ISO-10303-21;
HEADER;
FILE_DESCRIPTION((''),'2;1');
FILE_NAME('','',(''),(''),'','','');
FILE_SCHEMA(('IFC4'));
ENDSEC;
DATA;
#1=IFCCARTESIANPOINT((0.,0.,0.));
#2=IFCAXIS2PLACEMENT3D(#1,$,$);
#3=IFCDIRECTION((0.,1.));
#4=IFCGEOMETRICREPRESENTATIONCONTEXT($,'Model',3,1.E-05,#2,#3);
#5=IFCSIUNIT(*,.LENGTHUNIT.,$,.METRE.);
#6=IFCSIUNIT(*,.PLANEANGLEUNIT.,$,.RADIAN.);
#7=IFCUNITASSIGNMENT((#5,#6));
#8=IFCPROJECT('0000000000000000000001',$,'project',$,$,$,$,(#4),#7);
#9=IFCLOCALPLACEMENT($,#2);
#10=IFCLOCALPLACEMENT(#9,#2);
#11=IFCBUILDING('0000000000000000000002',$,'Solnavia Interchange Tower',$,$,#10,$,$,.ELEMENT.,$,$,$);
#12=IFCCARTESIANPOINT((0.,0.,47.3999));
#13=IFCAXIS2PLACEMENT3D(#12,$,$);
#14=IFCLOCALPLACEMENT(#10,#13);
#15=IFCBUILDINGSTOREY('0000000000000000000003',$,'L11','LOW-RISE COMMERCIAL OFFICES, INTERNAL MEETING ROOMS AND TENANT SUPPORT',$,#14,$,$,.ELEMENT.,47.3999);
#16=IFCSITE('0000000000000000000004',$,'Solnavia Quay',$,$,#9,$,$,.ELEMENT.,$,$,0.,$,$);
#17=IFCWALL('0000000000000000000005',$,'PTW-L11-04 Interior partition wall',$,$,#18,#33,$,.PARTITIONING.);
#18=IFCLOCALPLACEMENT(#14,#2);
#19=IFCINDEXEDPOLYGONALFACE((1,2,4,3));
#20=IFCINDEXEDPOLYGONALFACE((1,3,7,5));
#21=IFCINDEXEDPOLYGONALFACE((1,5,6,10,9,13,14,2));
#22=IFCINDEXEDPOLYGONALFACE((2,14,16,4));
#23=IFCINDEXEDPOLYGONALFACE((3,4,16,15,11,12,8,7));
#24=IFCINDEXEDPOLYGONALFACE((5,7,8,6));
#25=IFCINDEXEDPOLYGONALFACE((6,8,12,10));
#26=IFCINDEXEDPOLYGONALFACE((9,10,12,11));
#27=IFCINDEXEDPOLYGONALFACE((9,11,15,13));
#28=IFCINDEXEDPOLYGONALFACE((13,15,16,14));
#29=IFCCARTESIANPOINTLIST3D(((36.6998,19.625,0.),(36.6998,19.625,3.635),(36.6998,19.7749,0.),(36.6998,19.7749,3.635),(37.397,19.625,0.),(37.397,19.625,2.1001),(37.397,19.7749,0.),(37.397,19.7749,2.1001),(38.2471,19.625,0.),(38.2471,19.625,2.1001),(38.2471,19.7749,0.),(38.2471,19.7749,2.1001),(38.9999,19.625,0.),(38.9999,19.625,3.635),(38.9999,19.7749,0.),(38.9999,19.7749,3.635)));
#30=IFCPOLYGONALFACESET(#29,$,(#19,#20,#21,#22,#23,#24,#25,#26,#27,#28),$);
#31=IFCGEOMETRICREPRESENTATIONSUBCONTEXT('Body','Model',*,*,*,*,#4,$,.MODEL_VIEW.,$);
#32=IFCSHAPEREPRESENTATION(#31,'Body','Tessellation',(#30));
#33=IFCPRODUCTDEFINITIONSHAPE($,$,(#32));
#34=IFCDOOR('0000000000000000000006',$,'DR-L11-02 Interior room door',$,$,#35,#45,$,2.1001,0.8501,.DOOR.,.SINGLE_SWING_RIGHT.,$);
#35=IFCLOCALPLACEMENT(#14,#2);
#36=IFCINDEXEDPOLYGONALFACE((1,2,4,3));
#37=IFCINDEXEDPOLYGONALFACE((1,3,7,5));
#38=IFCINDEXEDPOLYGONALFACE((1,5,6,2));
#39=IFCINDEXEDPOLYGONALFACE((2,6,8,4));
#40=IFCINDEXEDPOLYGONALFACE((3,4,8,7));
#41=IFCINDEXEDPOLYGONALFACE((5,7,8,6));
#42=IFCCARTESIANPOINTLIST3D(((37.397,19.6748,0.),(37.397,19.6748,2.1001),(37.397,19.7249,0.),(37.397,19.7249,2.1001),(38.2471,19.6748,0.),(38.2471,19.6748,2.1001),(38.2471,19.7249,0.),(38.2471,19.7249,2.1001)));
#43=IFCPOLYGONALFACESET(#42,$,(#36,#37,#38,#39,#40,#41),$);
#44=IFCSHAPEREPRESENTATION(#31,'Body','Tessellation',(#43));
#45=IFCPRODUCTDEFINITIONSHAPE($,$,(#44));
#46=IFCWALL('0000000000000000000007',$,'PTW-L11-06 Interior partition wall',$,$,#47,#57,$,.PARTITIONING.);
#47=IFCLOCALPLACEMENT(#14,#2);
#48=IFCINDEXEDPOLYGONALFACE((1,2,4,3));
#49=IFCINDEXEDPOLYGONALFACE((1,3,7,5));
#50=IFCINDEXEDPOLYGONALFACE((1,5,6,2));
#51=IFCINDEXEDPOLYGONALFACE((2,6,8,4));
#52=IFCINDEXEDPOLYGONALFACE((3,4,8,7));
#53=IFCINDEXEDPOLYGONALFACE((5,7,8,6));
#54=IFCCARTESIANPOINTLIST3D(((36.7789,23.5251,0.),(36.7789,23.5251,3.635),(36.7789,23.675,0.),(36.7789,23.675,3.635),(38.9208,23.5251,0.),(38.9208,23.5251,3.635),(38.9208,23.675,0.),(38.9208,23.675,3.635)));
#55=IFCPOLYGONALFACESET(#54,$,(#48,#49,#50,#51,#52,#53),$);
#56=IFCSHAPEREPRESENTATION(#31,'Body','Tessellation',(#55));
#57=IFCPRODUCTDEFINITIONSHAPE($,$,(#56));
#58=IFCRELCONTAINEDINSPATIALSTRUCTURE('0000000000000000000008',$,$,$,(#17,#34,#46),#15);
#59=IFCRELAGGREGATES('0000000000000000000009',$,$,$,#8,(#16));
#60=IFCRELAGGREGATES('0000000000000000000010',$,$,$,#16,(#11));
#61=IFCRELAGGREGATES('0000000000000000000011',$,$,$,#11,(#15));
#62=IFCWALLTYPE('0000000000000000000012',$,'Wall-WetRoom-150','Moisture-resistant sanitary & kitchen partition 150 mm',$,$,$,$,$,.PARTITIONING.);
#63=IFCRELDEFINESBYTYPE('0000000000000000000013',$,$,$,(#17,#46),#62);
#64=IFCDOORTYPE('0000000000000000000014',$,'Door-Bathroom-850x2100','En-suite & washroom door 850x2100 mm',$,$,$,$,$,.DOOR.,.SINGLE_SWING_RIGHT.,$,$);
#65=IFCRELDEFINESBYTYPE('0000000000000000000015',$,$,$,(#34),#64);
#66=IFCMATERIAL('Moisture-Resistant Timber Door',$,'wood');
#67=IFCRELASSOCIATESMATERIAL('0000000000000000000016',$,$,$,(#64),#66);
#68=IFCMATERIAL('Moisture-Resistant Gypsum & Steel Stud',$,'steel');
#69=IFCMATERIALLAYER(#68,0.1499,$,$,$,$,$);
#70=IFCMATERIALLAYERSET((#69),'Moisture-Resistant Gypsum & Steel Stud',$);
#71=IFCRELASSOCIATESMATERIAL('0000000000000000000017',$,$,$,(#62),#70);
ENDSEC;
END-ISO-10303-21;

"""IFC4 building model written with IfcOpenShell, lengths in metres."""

from ifc_helpers import new_model, si_unit, direction, frame, frame_2d, origin, place, context, subcontext, project, spatial, rectangle, extrude, material, layer, layer_set, type_object, element, fill, save


model = new_model("IFC4")

# Units and contexts
model_context = context("Model", 3, precision=1e-05, world=origin(), true_north=direction((0.0, 1.0)))
body_context = subcontext(model_context, "Body", "Model", "MODEL_VIEW")
ifc_project = project(units=[si_unit("LENGTHUNIT", "METRE"), si_unit("PLANEANGLEUNIT", "RADIAN")], contexts=[model_context])

# Site, building, storey
site_placement = place(None, origin())
site = spatial("IfcSite", under=ifc_project, at=site_placement, Name="Solnavia Quay", CompositionType="ELEMENT", RefElevation=0.0)
building_placement = place(site_placement, origin())
building = spatial("IfcBuilding", under=site, at=building_placement, Name="Solnavia Interchange Tower", CompositionType="ELEMENT")
storey_placement = place(building_placement, frame((0.0, 0.0, 47.3999)))
storey = spatial("IfcBuildingStorey", under=building, at=storey_placement, Name="L11", Description="LOW-RISE COMMERCIAL OFFICES, INTERNAL MEETING ROOMS AND TENANT SUPPORT", CompositionType="ELEMENT", Elevation=47.3999)

# Shared definitions
ifc_material_1 = material(Name="Moisture-Resistant Timber Door", Category="wood")
door_type_1 = type_object("IfcDoorType", Name="Door-Bathroom-850x2100", Description="En-suite & washroom door 850x2100 mm", OperationType="SINGLE_SWING_RIGHT", PredefinedType="DOOR", material=ifc_material_1)

# Shared definitions
ifc_material_2 = material(Name="Moisture-Resistant Gypsum & Steel Stud", Category="steel")
ifc_layer_1 = layer(ifc_material_2, 0.1499)
ifc_layer_set_1 = layer_set([ifc_layer_1], Name="Moisture-Resistant Gypsum & Steel Stud")
wall_type_1 = type_object("IfcWallType", Name="Wall-WetRoom-150", Description="Moisture-resistant sanitary & kitchen partition 150 mm", PredefinedType="PARTITIONING", material=ifc_layer_set_1)

# Wall, opening, door
wall_1_placement = place(storey_placement, frame((36.7, 19.7, 0.0), z_axis=(0.0, 0.0, 1.0), x_axis=(1.0, 0.0, 0.0)))
wall_1 = element("IfcWall", 1, at=wall_1_placement, inside=storey, type_object=wall_type_1, Name="PTW-L11-04 Interior partition wall", PredefinedType="PARTITIONING", context=body_context, shape_type="SweptSolid", body=[
    extrude(rectangle(XDim=2.3, YDim=0.1499, at=frame_2d((1.1499, 0.0))), origin(), (0.0, 0.0, 1.0), 3.635),
])
opening_1_placement = place(wall_1_placement, frame((0.697, 0.0, 0.0)))
opening_1 = element("IfcOpeningElement", 2, at=opening_1_placement, cuts=wall_1, PredefinedType="OPENING", context=body_context, shape_type="SweptSolid", body=[
    extrude(rectangle(XDim=0.8501, YDim=2.1001, at=frame_2d((0.425, 1.05))), frame((0.0, 0.085, 0.0), z_axis=(0.0, -1.0, 0.0), x_axis=(1.0, 0.0, 0.0)), (0.0, 0.0, 1.0), 0.1699),
])
door_1_placement = place(opening_1_placement, origin())
door_1 = element("IfcDoor", 3, at=door_1_placement, inside=storey, type_object=door_type_1, Name="DR-L11-02 Interior room door", OperationType="SINGLE_SWING_RIGHT", OverallHeight=2.1001, OverallWidth=0.8501, PredefinedType="DOOR", context=body_context, shape_type="SweptSolid", body=[
    extrude(rectangle(XDim=0.8501, YDim=2.1001, at=frame_2d((0.425, 1.05))), frame((0.0, 0.0249, 0.0), z_axis=(0.0, -1.0, 0.0), x_axis=(1.0, 0.0, 0.0)), (0.0, 0.0, 1.0), 0.05),
])
fill(opening_1, door_1)

# Wall
wall_2_placement = place(storey_placement, frame((36.7791, 23.6001, 0.0), z_axis=(0.0, 0.0, 1.0), x_axis=(1.0, 0.0, 0.0)))
element("IfcWall", 4, at=wall_2_placement, inside=storey, type_object=wall_type_1, Name="PTW-L11-06 Interior partition wall", PredefinedType="PARTITIONING", context=body_context, shape_type="SweptSolid", body=[
    extrude(rectangle(XDim=2.1418, YDim=0.1499, at=frame_2d((1.0708, 0.0))), origin(), (0.0, 0.0, 1.0), 3.635),
])

save(model, "model.ifc")
